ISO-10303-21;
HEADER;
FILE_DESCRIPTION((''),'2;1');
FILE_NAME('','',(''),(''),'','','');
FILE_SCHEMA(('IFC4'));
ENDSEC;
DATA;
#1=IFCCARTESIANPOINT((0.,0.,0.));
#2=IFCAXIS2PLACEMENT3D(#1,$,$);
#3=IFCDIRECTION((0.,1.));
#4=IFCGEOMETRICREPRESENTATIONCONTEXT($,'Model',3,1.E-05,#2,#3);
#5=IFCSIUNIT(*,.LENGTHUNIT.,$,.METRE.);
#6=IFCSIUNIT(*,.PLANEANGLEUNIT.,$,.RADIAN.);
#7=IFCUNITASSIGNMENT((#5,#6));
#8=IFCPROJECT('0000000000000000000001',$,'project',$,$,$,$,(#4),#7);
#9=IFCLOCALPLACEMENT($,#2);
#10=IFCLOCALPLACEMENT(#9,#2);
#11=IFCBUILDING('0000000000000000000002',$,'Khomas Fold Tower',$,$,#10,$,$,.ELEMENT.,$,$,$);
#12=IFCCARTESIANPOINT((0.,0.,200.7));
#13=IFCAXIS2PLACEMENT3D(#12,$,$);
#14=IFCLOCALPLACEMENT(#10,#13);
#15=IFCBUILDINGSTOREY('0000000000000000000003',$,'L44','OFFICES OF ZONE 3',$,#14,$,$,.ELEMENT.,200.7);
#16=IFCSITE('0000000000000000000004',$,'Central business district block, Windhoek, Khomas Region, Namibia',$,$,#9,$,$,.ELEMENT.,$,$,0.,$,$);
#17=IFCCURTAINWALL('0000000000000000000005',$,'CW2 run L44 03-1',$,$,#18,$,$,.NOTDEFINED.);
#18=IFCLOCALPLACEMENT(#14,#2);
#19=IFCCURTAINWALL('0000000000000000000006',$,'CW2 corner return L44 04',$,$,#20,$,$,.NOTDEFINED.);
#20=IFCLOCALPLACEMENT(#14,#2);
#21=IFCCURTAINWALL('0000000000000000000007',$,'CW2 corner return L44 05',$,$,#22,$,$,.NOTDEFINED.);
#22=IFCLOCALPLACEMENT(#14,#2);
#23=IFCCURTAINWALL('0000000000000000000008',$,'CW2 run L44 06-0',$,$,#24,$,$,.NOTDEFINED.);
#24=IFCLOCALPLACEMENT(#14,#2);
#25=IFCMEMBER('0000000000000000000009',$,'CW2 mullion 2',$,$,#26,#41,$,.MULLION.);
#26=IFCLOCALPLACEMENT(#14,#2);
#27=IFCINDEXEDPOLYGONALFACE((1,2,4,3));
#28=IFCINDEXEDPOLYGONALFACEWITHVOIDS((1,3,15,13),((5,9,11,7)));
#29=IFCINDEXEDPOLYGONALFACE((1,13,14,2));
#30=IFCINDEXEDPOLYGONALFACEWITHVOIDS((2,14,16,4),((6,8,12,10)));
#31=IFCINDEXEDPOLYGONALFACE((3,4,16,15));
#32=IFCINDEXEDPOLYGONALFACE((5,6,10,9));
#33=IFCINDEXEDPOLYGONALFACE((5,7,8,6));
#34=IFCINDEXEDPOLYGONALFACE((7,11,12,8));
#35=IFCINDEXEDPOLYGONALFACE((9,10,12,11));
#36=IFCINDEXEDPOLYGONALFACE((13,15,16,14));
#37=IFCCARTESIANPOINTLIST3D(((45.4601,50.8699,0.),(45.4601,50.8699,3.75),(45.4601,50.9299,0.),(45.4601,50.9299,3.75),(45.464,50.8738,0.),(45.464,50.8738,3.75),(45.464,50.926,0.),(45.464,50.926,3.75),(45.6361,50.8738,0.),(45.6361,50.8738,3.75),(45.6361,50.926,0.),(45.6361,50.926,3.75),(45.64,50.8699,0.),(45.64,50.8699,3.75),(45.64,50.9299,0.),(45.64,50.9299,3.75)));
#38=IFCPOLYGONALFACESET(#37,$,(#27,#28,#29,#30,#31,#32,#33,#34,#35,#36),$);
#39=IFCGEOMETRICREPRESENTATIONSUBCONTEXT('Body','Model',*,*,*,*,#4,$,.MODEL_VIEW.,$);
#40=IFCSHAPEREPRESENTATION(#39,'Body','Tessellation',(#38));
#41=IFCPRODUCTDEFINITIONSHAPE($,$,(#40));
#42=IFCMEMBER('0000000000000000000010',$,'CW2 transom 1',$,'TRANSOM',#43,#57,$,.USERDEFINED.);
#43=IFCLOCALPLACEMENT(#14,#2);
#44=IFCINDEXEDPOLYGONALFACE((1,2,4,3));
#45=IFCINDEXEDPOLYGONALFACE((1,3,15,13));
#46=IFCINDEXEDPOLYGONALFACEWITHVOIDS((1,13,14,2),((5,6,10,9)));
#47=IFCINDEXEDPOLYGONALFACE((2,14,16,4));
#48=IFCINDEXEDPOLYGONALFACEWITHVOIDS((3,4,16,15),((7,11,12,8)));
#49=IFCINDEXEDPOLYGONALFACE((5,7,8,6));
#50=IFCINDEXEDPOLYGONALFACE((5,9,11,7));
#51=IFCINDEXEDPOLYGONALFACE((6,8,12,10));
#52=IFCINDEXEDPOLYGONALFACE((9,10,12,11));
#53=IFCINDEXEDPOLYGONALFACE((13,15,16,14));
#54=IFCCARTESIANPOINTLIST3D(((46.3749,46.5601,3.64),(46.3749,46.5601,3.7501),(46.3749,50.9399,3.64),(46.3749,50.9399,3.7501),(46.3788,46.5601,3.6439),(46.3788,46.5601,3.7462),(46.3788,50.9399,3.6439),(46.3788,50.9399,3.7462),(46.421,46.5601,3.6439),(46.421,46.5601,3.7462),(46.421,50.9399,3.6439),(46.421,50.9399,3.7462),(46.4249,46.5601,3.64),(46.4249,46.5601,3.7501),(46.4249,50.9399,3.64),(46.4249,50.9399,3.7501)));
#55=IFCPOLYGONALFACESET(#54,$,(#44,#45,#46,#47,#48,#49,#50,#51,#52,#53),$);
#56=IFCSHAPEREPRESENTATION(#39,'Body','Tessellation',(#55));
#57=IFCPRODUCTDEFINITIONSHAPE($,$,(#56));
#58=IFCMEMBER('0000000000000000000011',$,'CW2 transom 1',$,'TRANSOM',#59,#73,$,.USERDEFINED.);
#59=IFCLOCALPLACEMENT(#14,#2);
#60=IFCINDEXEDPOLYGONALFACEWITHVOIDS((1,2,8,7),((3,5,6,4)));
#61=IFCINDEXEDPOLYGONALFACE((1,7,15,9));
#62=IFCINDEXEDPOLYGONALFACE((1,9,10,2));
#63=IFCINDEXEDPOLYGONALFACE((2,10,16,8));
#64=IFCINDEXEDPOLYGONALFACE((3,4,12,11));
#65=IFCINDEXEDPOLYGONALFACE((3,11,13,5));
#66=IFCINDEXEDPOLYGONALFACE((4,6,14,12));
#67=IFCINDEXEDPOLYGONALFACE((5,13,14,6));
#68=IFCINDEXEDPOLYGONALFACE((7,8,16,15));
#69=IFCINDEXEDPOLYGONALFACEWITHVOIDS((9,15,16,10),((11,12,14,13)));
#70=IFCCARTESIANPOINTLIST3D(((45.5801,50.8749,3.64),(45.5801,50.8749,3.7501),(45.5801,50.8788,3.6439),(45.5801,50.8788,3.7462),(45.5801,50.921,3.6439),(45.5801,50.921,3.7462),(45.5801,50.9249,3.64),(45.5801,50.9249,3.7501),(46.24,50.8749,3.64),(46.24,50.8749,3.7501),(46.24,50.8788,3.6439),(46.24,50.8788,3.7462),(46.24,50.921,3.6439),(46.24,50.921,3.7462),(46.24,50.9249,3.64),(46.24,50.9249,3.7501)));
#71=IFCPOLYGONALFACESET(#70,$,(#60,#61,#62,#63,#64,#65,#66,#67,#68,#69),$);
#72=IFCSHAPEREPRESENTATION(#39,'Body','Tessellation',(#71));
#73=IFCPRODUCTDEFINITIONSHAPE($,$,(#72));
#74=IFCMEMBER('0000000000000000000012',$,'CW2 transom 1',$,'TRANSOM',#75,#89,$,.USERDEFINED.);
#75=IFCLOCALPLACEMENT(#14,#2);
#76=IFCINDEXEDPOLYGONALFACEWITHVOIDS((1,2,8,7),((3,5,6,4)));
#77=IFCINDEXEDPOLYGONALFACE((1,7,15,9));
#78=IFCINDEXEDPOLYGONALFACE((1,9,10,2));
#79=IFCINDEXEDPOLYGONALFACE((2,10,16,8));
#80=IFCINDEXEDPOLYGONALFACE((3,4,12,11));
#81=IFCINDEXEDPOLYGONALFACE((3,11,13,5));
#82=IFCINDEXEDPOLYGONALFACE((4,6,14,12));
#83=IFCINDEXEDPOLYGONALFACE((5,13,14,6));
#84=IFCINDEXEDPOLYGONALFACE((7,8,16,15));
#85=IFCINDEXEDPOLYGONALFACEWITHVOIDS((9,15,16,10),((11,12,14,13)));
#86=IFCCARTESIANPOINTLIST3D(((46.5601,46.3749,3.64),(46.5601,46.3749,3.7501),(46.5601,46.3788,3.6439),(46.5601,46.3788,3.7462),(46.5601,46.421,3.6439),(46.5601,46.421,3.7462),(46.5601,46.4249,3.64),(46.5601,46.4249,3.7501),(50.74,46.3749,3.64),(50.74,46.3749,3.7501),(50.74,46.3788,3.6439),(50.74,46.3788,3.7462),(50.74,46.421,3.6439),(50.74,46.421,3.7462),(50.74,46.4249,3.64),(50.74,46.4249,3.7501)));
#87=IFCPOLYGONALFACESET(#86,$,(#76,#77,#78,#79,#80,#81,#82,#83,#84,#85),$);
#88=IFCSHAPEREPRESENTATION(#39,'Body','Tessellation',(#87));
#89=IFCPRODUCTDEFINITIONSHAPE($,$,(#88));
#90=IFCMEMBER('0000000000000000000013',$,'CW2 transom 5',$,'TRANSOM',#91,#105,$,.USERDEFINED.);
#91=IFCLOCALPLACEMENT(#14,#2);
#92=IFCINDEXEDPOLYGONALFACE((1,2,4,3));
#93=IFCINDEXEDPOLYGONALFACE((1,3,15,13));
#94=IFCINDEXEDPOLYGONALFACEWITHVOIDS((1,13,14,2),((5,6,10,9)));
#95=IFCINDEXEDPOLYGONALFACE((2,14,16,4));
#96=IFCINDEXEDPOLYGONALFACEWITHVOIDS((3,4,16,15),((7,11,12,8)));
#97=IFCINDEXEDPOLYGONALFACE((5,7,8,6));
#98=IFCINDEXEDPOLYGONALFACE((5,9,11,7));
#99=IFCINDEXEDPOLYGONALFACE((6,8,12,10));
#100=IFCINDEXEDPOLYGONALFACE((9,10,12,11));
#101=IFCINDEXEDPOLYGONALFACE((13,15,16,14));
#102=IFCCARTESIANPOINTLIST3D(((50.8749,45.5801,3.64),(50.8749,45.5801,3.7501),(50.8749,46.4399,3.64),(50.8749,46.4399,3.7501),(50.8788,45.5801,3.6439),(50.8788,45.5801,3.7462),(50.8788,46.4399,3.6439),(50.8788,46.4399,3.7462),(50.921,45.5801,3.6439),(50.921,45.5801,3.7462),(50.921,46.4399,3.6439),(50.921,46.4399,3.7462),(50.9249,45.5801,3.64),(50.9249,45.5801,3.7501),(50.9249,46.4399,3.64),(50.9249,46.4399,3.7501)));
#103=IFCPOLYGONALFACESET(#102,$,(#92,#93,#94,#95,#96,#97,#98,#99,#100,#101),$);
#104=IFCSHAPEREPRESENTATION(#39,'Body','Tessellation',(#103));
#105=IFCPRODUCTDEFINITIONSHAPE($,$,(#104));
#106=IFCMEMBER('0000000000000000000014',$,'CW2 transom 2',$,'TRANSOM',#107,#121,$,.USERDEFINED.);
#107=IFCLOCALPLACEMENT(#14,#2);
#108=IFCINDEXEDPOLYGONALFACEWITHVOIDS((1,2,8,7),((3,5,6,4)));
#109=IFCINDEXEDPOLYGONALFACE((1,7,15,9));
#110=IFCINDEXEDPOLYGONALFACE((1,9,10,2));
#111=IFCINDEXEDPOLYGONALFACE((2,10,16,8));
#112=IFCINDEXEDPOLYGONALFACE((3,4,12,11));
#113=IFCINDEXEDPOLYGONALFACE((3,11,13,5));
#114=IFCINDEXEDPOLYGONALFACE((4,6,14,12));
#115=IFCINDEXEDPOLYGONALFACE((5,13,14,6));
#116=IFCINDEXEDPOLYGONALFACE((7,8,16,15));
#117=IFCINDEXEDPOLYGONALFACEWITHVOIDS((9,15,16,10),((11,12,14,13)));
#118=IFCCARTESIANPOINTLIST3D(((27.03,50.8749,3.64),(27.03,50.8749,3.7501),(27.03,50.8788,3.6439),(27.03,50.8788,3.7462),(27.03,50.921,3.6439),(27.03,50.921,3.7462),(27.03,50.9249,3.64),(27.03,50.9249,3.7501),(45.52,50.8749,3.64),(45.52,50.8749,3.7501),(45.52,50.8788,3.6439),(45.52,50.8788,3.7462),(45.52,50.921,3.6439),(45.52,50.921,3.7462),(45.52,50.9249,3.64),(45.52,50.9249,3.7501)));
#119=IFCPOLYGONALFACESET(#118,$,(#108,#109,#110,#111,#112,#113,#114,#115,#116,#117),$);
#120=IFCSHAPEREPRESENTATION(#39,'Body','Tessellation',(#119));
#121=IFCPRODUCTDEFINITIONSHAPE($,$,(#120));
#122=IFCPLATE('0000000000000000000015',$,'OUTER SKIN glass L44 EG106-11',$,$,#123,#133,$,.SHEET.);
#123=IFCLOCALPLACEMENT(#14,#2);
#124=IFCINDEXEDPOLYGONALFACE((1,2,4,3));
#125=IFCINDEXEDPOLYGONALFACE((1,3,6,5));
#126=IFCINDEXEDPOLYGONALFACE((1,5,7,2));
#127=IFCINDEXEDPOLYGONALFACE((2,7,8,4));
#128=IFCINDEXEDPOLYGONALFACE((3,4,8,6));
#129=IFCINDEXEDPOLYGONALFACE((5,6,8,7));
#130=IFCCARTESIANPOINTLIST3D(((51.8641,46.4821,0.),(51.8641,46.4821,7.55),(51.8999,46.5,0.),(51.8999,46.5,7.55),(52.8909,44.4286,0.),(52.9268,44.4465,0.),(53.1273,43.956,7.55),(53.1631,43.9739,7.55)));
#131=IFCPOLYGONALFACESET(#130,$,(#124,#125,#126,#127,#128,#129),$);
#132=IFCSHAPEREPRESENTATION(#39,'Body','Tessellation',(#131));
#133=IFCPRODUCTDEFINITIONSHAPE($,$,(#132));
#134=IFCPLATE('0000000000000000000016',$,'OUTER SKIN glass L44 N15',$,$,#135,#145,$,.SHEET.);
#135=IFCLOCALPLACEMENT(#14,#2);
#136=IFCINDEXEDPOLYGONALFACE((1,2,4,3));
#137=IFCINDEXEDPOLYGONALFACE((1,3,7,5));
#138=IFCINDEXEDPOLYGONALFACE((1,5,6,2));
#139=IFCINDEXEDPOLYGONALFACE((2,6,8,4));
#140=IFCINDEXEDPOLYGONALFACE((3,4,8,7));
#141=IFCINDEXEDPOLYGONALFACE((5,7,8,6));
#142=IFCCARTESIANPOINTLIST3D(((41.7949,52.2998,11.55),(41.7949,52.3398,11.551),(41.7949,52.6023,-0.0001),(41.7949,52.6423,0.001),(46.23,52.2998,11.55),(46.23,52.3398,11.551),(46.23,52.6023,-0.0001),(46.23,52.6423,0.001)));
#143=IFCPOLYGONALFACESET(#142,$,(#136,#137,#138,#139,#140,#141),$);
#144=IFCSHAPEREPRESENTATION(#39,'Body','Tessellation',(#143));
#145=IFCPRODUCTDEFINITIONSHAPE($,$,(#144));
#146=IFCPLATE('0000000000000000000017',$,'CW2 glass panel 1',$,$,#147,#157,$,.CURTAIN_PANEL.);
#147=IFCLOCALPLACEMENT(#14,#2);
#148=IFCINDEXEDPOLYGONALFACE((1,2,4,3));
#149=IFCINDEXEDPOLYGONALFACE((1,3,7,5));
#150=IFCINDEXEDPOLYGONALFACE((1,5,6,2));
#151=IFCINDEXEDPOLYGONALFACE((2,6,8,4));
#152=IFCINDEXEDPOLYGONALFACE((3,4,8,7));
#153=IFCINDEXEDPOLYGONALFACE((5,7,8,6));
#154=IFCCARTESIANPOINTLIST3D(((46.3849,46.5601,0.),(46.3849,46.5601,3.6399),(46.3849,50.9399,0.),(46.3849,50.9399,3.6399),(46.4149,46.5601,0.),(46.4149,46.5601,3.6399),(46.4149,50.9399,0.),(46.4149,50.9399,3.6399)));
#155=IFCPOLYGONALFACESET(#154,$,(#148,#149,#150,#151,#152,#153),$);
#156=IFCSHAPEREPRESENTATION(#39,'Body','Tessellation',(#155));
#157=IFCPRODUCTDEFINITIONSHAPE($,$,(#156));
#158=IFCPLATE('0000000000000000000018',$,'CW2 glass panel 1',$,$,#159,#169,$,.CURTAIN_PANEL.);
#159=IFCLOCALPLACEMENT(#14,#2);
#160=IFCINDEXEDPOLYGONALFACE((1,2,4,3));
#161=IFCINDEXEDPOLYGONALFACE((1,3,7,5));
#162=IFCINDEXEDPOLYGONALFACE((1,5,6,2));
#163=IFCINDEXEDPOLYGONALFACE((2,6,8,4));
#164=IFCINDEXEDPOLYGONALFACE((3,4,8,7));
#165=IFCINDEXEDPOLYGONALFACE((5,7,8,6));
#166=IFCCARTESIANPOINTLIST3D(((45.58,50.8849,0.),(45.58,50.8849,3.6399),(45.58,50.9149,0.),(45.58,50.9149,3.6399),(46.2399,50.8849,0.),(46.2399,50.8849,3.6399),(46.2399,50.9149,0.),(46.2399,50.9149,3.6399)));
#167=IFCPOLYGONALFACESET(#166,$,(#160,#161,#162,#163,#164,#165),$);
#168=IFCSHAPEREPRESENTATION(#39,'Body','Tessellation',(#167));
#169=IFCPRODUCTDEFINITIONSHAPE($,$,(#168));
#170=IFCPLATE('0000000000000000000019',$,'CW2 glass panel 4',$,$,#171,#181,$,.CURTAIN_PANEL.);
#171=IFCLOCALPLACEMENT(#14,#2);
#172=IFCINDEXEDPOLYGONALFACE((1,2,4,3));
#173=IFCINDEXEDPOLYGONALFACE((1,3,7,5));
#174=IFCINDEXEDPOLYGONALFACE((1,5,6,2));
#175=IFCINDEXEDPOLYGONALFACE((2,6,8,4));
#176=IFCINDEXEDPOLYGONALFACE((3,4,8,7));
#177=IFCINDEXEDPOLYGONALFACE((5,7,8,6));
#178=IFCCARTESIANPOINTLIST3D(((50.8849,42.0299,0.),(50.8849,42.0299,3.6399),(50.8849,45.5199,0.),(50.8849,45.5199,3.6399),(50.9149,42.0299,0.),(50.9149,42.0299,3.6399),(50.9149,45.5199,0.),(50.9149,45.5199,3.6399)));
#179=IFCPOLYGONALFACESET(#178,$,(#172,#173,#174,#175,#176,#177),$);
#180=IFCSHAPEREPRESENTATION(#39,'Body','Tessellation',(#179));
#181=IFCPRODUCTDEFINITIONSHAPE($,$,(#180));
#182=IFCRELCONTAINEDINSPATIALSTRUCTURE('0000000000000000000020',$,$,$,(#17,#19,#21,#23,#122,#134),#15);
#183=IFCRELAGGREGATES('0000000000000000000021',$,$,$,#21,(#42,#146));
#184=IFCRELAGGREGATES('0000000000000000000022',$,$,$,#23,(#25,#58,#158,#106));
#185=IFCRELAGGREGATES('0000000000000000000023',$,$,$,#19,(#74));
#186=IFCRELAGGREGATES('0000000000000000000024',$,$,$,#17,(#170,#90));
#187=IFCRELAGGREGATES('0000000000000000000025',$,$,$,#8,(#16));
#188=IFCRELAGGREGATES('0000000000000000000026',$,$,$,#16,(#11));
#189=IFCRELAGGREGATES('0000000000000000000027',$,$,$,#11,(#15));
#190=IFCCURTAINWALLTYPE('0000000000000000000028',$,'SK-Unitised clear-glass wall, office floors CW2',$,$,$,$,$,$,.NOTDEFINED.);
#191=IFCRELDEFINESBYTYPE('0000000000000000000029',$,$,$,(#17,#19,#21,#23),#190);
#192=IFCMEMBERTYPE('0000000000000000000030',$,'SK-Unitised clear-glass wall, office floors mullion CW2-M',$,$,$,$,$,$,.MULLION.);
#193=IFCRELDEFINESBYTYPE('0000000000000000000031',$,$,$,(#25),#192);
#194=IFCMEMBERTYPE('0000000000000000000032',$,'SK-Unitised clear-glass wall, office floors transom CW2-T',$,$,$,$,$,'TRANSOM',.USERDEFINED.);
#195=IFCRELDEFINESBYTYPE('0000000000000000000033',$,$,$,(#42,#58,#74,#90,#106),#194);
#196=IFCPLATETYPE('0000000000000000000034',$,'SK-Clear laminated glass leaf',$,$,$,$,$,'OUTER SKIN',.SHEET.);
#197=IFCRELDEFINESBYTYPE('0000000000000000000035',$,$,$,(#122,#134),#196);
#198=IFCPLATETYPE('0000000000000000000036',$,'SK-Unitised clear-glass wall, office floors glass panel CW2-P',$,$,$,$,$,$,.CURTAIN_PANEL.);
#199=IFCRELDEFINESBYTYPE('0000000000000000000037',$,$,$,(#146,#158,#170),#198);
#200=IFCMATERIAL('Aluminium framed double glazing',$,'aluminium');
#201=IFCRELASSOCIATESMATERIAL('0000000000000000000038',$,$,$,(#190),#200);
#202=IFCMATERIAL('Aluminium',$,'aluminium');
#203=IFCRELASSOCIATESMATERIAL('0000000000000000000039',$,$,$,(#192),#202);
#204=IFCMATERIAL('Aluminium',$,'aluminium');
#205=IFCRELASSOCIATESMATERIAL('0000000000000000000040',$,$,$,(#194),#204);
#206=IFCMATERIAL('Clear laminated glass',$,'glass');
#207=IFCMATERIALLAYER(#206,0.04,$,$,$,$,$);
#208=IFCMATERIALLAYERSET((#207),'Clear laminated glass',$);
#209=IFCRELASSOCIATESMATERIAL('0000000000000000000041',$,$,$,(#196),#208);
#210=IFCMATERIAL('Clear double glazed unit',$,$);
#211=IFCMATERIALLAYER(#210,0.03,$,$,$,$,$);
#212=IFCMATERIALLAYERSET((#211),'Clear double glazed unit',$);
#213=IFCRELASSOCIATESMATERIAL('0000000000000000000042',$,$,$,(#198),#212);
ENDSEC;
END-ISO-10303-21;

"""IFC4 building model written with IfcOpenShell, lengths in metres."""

from ifc_helpers import new_model, si_unit, direction, frame, origin, origin_2d, place, context, subcontext, project, spatial, polyline, rectangle, hollow_rectangle, outline, extrude, source, transform, mapped, material, layer, layer_set, material_profile, profile_set, type_object, element, aggregate, save


model = new_model("IFC4")

# Units and contexts
model_context = context("Model", 3, precision=1e-05, world=origin(), true_north=direction((0.0, 1.0)))
body_context = subcontext(model_context, "Body", "Model", "MODEL_VIEW")
ifc_project = project(units=[si_unit("LENGTHUNIT", "METRE"), si_unit("PLANEANGLEUNIT", "RADIAN")], contexts=[model_context])

# Site, building, storey
site_placement = place(None, origin())
site = spatial("IfcSite", under=ifc_project, at=site_placement, Name="Central business district block, Windhoek, Khomas Region, Namibia", CompositionType="ELEMENT", RefElevation=0.0)
building_placement = place(site_placement, origin())
building = spatial("IfcBuilding", under=site, at=building_placement, Name="Khomas Fold Tower", CompositionType="ELEMENT")
storey_placement = place(building_placement, frame((0.0, 0.0, 200.7)))
storey = spatial("IfcBuildingStorey", under=building, at=storey_placement, Name="L44", Description="OFFICES OF ZONE 3", CompositionType="ELEMENT", Elevation=200.7)

# Curtain walls
ifc_material_1 = material(Name="Aluminium framed double glazing", Category="aluminium")
curtain_wall_type = type_object("IfcCurtainWallType", Name="SK-Unitised clear-glass wall, office floors CW2", PredefinedType="NOTDEFINED", material=ifc_material_1)
curtain_wall_1_placement = place(storey_placement, origin())
curtain_wall_1 = element("IfcCurtainWall", 1, at=curtain_wall_1_placement, inside=storey, type_object=curtain_wall_type, Name="CW2 run L44 03-1", PredefinedType="NOTDEFINED")
ifc_material_2 = material(Name="Aluminium", Category="aluminium")
ifc_material_profile_1 = material_profile(ifc_material_2, hollow_rectangle(XDim=0.0601, YDim=0.1799, WallThickness=0.0039, at=origin_2d()), Name="SK-Unitised clear-glass wall, office floors mullion CW2-M")
ifc_profile_set_1 = profile_set([ifc_material_profile_1], Name="Aluminium")
member_type_1 = type_object("IfcMemberType", Name="SK-Unitised clear-glass wall, office floors mullion CW2-M", PredefinedType="MULLION", material=ifc_profile_set_1)
shared_shape_1 = source(origin(), body_context, "Body", "SweptSolid", [
    extrude(hollow_rectangle(XDim=0.0601, YDim=0.1799, WallThickness=0.0039, at=origin_2d()), origin(), (0.0, 0.0, 1.0), 3.75),
])
curtain_wall_2_placement = place(storey_placement, origin())
curtain_wall_2 = element("IfcCurtainWall", 2, at=curtain_wall_2_placement, inside=storey, type_object=curtain_wall_type, Name="CW2 corner return L44 04", PredefinedType="NOTDEFINED")
curtain_wall_3_placement = place(storey_placement, origin())
curtain_wall_3 = element("IfcCurtainWall", 3, at=curtain_wall_3_placement, inside=storey, type_object=curtain_wall_type, Name="CW2 corner return L44 05", PredefinedType="NOTDEFINED")

# Curtain wall, member
curtain_wall_4_placement = place(storey_placement, origin())
curtain_wall_4 = element("IfcCurtainWall", 4, at=curtain_wall_4_placement, inside=storey, type_object=curtain_wall_type, Name="CW2 run L44 06-0", PredefinedType="NOTDEFINED")
member_1_placement = place(storey_placement, frame((45.55, 50.8999, 0.0), z_axis=(0.0, 0.0, 1.0), x_axis=(0.0, -1.0, 0.0)))
member_1 = element("IfcMember", 5, at=member_1_placement, type_object=member_type_1, Name="CW2 mullion 2", PredefinedType="MULLION", context=body_context, shape_type="MappedRepresentation", body=[
    mapped(shared_shape_1, transform((0.0, 0.0, 0.0))),
])

# Members
ifc_material_3 = material(Name="Aluminium", Category="aluminium")
ifc_material_profile_2 = material_profile(ifc_material_3, hollow_rectangle(XDim=0.05, YDim=0.1101, WallThickness=0.0039, at=origin_2d()), Name="SK-Unitised clear-glass wall, office floors transom CW2-T")
ifc_profile_set_2 = profile_set([ifc_material_profile_2], Name="Aluminium")
member_type_2 = type_object("IfcMemberType", Name="SK-Unitised clear-glass wall, office floors transom CW2-T", ElementType="TRANSOM", PredefinedType="USERDEFINED", material=ifc_profile_set_2)
shared_shape_2 = source(origin(), body_context, "Body", "SweptSolid", [
    extrude(hollow_rectangle(XDim=0.05, YDim=0.1101, WallThickness=0.0039, at=origin_2d()), origin(), (0.0, 0.0, 1.0), 4.3799),
])
member_2_placement = place(storey_placement, frame((46.3999, 46.5601, 3.6951), z_axis=(0.0, 1.0, 0.0), x_axis=(-1.0, 0.0, 0.0)))
member_2 = element("IfcMember", 6, at=member_2_placement, type_object=member_type_2, Name="CW2 transom 1", ObjectType="TRANSOM", PredefinedType="USERDEFINED", context=body_context, shape_type="MappedRepresentation", body=[
    mapped(shared_shape_2, transform((0.0, 0.0, 0.0))),
])
shared_shape_3 = source(origin(), body_context, "Body", "SweptSolid", [
    extrude(hollow_rectangle(XDim=0.05, YDim=0.1101, WallThickness=0.0039, at=origin_2d()), origin(), (0.0, 0.0, 1.0), 0.6599),
])
member_3_placement = place(storey_placement, frame((46.24, 50.8999, 3.6951), z_axis=(-1.0, 0.0, 0.0), x_axis=(0.0, -1.0, 0.0)))
member_3 = element("IfcMember", 7, at=member_3_placement, type_object=member_type_2, Name="CW2 transom 1", ObjectType="TRANSOM", PredefinedType="USERDEFINED", context=body_context, shape_type="MappedRepresentation", body=[
    mapped(shared_shape_3, transform((0.0, 0.0, 0.0))),
])
shared_shape_4 = source(origin(), body_context, "Body", "SweptSolid", [
    extrude(hollow_rectangle(XDim=0.05, YDim=0.1101, WallThickness=0.0039, at=origin_2d()), origin(), (0.0, 0.0, 1.0), 4.1799),
])
member_4_placement = place(storey_placement, frame((50.74, 46.3999, 3.6951), z_axis=(-1.0, 0.0, 0.0), x_axis=(0.0, -1.0, 0.0)))
member_4 = element("IfcMember", 8, at=member_4_placement, type_object=member_type_2, Name="CW2 transom 1", ObjectType="TRANSOM", PredefinedType="USERDEFINED", context=body_context, shape_type="MappedRepresentation", body=[
    mapped(shared_shape_4, transform((0.0, 0.0, 0.0))),
])
shared_shape_5 = source(origin(), body_context, "Body", "SweptSolid", [
    extrude(hollow_rectangle(XDim=0.05, YDim=0.1101, WallThickness=0.0039, at=origin_2d()), origin(), (0.0, 0.0, 1.0), 0.8599),
])
member_5_placement = place(storey_placement, frame((50.8999, 45.5801, 3.6951), z_axis=(0.0, 1.0, 0.0), x_axis=(-1.0, 0.0, 0.0)))
member_5 = element("IfcMember", 9, at=member_5_placement, type_object=member_type_2, Name="CW2 transom 5", ObjectType="TRANSOM", PredefinedType="USERDEFINED", context=body_context, shape_type="MappedRepresentation", body=[
    mapped(shared_shape_5, transform((0.0, 0.0, 0.0))),
])
shared_shape_6 = source(origin(), body_context, "Body", "SweptSolid", [
    extrude(hollow_rectangle(XDim=0.05, YDim=0.1101, WallThickness=0.0039, at=origin_2d()), origin(), (0.0, 0.0, 1.0), 18.49),
])
member_6_placement = place(storey_placement, frame((45.52, 50.8999, 3.6951), z_axis=(-1.0, 0.0, 0.0), x_axis=(0.0, -1.0, 0.0)))
member_6 = element("IfcMember", 10, at=member_6_placement, type_object=member_type_2, Name="CW2 transom 2", ObjectType="TRANSOM", PredefinedType="USERDEFINED", context=body_context, shape_type="MappedRepresentation", body=[
    mapped(shared_shape_6, transform((0.0, 0.0, 0.0))),
])

# Plates
ifc_material_4 = material(Name="Clear laminated glass", Category="glass")
ifc_layer_1 = layer(ifc_material_4, 0.04)
ifc_layer_set_1 = layer_set([ifc_layer_1], Name="Clear laminated glass")
plate_type_1 = type_object("IfcPlateType", Name="SK-Clear laminated glass leaf", ElementType="OUTER SKIN", PredefinedType="SHEET", material=ifc_layer_set_1)
plate_1_placement = place(storey_placement, frame((52.9268, 44.4465, 0.0), z_axis=(0.894408, 0.447252, 0.000001), x_axis=(0.031226, -0.06245, 0.997559)))
element("IfcPlate", 11, at=plate_1_placement, inside=storey, type_object=plate_type_1, Name="OUTER SKIN glass L44 EG106-11", PredefinedType="SHEET", context=body_context, shape_type="SweptSolid", body=[
    extrude(outline(polyline([(0.0, 0.0), (7.5685, 0.0), (7.3713, -2.8175), (-0.1603, -2.2903), (0.0, 0.0)])), origin(), (0.0, 0.0, -1.0), 0.04),
])
plate_2_placement = place(storey_placement, frame((41.7949, 52.6423, 0.001), z_axis=(0.0, 0.999657, 0.026181), x_axis=(1.0, 0.0, 0.0)))
element("IfcPlate", 12, at=plate_2_placement, inside=storey, type_object=plate_type_1, Name="OUTER SKIN glass L44 N15", PredefinedType="SHEET", context=body_context, shape_type="SweptSolid", body=[
    extrude(outline(polyline([(0.0, 0.0), (4.4351, 0.0), (4.4351, -11.554), (0.0, -11.554), (0.0, 0.0)])), origin(), (0.0, 0.0, -1.0), 0.04),
])

# Plates
ifc_material_5 = material(Name="Clear double glazed unit")
ifc_layer_2 = layer(ifc_material_5, 0.03)
ifc_layer_set_2 = layer_set([ifc_layer_2], Name="Clear double glazed unit")
plate_type_2 = type_object("IfcPlateType", Name="SK-Unitised clear-glass wall, office floors glass panel CW2-P", PredefinedType="CURTAIN_PANEL", material=ifc_layer_set_2)
shared_shape_7 = source(origin(), body_context, "Body", "SweptSolid", [
    extrude(rectangle(XDim=4.3799, YDim=0.03, at=origin_2d()), origin(), (0.0, 0.0, 1.0), 3.6399),
])
plate_3_placement = place(storey_placement, frame((46.3999, 48.75, 0.0), z_axis=(0.0, 0.0, 1.0), x_axis=(0.0, 1.0, 0.0)))
plate_3 = element("IfcPlate", 13, at=plate_3_placement, type_object=plate_type_2, Name="CW2 glass panel 1", PredefinedType="CURTAIN_PANEL", context=body_context, shape_type="MappedRepresentation", body=[
    mapped(shared_shape_7, transform((0.0, 0.0, 0.0))),
])
aggregate(curtain_wall_3, [member_2, plate_3])
shared_shape_8 = source(origin(), body_context, "Body", "SweptSolid", [
    extrude(rectangle(XDim=0.6599, YDim=0.03, at=origin_2d()), origin(), (0.0, 0.0, 1.0), 3.6399),
])
plate_4_placement = place(storey_placement, frame((45.9099, 50.8999, 0.0), z_axis=(0.0, 0.0, 1.0), x_axis=(-1.0, 0.0, 0.0)))
plate_4 = element("IfcPlate", 14, at=plate_4_placement, type_object=plate_type_2, Name="CW2 glass panel 1", PredefinedType="CURTAIN_PANEL", context=body_context, shape_type="MappedRepresentation", body=[
    mapped(shared_shape_8, transform((0.0, 0.0, 0.0))),
])
aggregate(curtain_wall_4, [member_1, member_3, plate_4, member_6])
shared_shape_9 = source(origin(), body_context, "Body", "SweptSolid", [
    extrude(rectangle(XDim=3.49, YDim=0.03, at=origin_2d()), origin(), (0.0, 0.0, 1.0), 3.6399),
])
plate_5_placement = place(storey_placement, frame((50.8999, 43.7749, 0.0), z_axis=(0.0, 0.0, 1.0), x_axis=(0.0, 1.0, 0.0)))
plate_5 = element("IfcPlate", 15, at=plate_5_placement, type_object=plate_type_2, Name="CW2 glass panel 4", PredefinedType="CURTAIN_PANEL", context=body_context, shape_type="MappedRepresentation", body=[
    mapped(shared_shape_9, transform((0.0, 0.0, 0.0))),
])
aggregate(curtain_wall_2, [member_4])
aggregate(curtain_wall_1, [plate_5, member_5])

save(model, "model.ifc")
